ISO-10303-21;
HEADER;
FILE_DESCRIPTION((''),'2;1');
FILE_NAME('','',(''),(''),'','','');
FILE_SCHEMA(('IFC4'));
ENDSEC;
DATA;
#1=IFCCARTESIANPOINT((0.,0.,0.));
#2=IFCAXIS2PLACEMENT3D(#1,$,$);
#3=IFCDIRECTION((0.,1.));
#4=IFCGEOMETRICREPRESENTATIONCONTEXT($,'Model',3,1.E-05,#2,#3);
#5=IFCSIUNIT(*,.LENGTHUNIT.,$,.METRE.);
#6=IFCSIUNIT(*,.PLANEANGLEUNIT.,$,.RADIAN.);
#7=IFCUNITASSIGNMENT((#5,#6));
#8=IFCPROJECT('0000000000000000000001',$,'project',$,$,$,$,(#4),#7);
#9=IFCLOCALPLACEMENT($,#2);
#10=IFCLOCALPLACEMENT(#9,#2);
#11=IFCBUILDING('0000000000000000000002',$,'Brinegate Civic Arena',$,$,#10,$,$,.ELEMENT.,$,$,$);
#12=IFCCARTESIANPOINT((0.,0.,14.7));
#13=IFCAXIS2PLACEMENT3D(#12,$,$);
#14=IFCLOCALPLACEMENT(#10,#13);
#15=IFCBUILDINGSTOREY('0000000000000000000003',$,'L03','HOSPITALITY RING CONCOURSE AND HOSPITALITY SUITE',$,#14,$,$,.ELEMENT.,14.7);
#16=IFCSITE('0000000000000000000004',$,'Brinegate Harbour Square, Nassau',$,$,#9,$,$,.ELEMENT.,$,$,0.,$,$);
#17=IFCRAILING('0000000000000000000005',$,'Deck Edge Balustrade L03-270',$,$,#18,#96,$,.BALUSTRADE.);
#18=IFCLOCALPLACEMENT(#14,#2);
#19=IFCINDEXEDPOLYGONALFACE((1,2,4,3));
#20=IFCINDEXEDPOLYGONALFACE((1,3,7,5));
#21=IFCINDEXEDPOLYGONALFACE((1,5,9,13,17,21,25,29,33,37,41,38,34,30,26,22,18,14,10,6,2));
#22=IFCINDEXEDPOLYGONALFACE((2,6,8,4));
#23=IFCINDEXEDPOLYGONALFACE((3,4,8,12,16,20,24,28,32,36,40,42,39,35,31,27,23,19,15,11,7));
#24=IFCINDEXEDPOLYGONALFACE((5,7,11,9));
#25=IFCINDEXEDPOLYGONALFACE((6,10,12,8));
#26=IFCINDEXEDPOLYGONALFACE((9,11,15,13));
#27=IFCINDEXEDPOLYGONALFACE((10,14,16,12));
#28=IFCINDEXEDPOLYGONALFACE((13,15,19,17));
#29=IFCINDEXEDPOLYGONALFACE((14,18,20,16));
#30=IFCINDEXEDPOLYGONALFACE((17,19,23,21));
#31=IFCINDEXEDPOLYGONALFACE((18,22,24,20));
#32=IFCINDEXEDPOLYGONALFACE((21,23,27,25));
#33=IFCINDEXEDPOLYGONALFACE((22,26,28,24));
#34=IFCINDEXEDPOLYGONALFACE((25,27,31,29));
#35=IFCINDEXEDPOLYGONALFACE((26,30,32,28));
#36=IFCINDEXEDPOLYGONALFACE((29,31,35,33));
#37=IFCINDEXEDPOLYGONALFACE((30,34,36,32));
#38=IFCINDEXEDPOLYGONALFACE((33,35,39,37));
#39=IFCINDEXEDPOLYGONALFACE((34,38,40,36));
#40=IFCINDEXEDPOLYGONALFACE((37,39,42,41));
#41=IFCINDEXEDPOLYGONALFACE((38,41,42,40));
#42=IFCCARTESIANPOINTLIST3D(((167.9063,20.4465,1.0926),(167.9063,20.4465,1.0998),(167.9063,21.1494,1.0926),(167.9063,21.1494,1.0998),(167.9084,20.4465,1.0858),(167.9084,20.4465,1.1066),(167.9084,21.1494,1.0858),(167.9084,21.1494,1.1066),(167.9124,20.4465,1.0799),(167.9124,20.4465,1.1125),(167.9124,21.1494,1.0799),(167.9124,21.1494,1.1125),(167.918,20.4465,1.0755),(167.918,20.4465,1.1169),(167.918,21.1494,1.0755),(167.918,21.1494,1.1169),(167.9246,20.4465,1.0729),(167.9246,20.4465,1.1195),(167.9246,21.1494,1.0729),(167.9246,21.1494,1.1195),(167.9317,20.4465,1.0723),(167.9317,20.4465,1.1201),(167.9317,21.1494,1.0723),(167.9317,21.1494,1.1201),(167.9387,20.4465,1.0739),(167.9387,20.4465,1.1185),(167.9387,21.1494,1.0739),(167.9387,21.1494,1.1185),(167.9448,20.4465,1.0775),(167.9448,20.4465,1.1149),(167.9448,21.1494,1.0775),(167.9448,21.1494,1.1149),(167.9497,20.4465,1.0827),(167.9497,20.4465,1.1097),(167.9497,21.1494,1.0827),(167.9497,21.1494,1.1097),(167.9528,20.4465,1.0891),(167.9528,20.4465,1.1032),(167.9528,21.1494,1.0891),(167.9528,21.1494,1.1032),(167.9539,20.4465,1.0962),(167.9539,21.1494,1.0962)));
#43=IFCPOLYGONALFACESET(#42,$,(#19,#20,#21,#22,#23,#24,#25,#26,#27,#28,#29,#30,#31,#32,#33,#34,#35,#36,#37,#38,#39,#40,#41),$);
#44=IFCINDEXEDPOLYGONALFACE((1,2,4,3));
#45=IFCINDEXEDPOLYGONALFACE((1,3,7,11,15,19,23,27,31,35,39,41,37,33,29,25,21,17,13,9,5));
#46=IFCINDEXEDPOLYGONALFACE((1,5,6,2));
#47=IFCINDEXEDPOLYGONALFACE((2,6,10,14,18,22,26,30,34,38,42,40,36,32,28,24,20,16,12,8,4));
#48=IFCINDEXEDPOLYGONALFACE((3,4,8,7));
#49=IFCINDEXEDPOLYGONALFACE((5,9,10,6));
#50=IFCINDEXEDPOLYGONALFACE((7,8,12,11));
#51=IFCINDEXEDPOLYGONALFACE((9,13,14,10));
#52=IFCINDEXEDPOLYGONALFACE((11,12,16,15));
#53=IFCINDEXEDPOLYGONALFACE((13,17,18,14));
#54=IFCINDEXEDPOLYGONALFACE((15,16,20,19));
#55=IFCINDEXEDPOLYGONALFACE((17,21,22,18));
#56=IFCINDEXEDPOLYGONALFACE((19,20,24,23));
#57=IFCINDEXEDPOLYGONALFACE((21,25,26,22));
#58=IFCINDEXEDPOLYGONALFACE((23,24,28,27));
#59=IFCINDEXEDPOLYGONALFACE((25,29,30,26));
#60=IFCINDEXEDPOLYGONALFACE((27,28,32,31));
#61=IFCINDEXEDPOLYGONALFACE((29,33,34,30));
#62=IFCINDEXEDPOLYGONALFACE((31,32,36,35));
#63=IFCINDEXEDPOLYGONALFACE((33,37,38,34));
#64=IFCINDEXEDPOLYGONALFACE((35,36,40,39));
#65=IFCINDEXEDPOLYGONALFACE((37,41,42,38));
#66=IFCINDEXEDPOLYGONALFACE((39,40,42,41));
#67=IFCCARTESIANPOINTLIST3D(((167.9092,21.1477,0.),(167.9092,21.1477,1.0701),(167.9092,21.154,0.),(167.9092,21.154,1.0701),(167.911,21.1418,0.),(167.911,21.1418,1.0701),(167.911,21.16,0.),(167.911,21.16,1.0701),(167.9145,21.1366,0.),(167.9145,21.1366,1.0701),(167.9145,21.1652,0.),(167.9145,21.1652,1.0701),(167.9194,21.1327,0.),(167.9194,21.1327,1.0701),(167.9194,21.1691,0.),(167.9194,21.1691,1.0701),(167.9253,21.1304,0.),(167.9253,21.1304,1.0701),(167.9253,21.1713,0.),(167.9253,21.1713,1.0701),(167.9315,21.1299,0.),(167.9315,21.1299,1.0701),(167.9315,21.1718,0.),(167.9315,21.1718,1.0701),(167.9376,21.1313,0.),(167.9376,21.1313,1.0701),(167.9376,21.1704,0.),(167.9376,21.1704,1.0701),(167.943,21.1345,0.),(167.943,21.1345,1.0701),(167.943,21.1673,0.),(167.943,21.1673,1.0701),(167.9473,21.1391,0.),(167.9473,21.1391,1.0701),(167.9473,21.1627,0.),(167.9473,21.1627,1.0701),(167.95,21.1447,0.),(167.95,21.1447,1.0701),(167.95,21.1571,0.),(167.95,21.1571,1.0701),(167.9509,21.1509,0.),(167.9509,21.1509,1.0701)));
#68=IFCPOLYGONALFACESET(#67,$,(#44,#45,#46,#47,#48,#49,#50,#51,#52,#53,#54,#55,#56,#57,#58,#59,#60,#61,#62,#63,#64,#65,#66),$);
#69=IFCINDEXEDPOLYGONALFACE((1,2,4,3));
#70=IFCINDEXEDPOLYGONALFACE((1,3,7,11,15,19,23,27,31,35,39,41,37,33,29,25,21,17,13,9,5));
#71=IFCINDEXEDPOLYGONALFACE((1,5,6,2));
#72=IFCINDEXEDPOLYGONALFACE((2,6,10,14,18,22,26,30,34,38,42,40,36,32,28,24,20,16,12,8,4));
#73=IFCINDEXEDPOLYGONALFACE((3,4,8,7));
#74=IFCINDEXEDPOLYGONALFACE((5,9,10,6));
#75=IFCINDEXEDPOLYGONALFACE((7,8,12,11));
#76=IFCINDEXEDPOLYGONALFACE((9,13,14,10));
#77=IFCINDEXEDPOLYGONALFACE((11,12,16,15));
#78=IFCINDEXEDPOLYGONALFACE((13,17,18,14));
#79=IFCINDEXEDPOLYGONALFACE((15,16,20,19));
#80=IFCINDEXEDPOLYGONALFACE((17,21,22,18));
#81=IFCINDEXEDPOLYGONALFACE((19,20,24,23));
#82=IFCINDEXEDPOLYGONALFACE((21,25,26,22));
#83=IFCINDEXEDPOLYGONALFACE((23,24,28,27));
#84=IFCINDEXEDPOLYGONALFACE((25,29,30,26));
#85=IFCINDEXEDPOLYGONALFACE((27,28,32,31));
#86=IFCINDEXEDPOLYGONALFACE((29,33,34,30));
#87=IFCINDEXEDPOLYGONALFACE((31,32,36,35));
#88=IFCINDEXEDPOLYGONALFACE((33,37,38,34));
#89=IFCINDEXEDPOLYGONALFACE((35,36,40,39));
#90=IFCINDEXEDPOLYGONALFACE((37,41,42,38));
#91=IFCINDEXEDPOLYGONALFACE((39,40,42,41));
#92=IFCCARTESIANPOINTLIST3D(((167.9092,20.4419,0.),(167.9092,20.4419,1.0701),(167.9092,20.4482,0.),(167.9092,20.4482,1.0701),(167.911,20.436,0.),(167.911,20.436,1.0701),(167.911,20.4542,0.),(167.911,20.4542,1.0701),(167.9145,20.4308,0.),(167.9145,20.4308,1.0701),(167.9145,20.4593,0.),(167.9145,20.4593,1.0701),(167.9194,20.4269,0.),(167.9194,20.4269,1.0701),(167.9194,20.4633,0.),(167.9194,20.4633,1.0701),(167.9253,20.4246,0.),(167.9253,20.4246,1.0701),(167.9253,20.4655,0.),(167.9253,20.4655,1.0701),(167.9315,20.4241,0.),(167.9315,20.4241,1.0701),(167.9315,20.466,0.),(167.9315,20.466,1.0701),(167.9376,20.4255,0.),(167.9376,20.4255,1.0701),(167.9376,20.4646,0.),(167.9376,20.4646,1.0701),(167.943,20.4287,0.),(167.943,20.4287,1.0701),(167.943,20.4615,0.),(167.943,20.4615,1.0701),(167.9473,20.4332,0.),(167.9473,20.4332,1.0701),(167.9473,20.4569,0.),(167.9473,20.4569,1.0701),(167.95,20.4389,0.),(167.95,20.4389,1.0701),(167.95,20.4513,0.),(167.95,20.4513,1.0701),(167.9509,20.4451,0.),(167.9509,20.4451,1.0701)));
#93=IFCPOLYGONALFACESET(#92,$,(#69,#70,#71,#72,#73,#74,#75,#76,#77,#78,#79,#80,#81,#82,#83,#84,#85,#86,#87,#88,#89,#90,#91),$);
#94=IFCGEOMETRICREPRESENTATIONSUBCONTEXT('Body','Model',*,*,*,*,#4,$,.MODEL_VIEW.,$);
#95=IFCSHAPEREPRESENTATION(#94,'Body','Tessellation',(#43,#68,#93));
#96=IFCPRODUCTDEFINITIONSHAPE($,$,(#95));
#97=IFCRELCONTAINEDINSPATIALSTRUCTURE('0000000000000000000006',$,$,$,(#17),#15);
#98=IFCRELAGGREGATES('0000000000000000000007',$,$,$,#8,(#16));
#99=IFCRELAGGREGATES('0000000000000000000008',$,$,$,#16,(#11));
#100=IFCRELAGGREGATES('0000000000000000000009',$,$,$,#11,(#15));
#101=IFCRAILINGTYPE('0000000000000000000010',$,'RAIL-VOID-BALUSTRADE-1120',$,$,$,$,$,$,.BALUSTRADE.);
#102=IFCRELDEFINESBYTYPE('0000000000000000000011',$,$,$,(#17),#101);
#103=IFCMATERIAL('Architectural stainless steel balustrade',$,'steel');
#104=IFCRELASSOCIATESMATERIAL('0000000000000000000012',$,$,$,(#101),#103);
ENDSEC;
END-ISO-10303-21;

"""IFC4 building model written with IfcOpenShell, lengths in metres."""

from ifc_helpers import new_model, si_unit, direction, frame, origin, origin_2d, place, context, subcontext, project, spatial, circle, extrude, material, type_object, element, save


model = new_model("IFC4")

# Units and contexts
model_context = context("Model", 3, precision=1e-05, world=origin(), true_north=direction((0.0, 1.0)))
body_context = subcontext(model_context, "Body", "Model", "MODEL_VIEW")
ifc_project = project(units=[si_unit("LENGTHUNIT", "METRE"), si_unit("PLANEANGLEUNIT", "RADIAN")], contexts=[model_context])

# Site, building, storey
site_placement = place(None, origin())
site = spatial("IfcSite", under=ifc_project, at=site_placement, Name="Brinegate Harbour Square, Nassau", CompositionType="ELEMENT", RefElevation=0.0)
building_placement = place(site_placement, origin())
building = spatial("IfcBuilding", under=site, at=building_placement, Name="Brinegate Civic Arena", CompositionType="ELEMENT")
storey_placement = place(building_placement, frame((0.0, 0.0, 14.7)))
storey = spatial("IfcBuildingStorey", under=building, at=storey_placement, Name="L03", Description="HOSPITALITY RING CONCOURSE AND HOSPITALITY SUITE", CompositionType="ELEMENT", Elevation=14.7)

# Railing
ifc_material_1 = material(Name="Architectural stainless steel balustrade", Category="steel")
railing_type_1 = type_object("IfcRailingType", Name="RAIL-VOID-BALUSTRADE-1120", PredefinedType="BALUSTRADE", material=ifc_material_1)
railing_placement = place(storey_placement, frame((167.9299, 21.1509, 0.0)))
element("IfcRailing", 1, at=railing_placement, inside=storey, type_object=railing_type_1, Name="Deck Edge Balustrade L03-270", PredefinedType="BALUSTRADE", context=body_context, shape_type="SweptSolid", body=[
    extrude(circle(Radius=0.0239, at=origin_2d()), frame((0.0, -0.0015, 1.0962), z_axis=(0.0, -1.0, 0.0), x_axis=(1.0, 0.0, 0.0)), (0.0, 0.0, 1.0), 0.7029),
    extrude(circle(Radius=0.021, at=origin_2d()), origin(), (0.0, 0.0, 1.0), 1.0701),
    extrude(circle(Radius=0.021, at=origin_2d()), frame((0.0, -0.7058, 0.0)), (0.0, 0.0, 1.0), 1.0701),
])

save(model, "model.ifc")
